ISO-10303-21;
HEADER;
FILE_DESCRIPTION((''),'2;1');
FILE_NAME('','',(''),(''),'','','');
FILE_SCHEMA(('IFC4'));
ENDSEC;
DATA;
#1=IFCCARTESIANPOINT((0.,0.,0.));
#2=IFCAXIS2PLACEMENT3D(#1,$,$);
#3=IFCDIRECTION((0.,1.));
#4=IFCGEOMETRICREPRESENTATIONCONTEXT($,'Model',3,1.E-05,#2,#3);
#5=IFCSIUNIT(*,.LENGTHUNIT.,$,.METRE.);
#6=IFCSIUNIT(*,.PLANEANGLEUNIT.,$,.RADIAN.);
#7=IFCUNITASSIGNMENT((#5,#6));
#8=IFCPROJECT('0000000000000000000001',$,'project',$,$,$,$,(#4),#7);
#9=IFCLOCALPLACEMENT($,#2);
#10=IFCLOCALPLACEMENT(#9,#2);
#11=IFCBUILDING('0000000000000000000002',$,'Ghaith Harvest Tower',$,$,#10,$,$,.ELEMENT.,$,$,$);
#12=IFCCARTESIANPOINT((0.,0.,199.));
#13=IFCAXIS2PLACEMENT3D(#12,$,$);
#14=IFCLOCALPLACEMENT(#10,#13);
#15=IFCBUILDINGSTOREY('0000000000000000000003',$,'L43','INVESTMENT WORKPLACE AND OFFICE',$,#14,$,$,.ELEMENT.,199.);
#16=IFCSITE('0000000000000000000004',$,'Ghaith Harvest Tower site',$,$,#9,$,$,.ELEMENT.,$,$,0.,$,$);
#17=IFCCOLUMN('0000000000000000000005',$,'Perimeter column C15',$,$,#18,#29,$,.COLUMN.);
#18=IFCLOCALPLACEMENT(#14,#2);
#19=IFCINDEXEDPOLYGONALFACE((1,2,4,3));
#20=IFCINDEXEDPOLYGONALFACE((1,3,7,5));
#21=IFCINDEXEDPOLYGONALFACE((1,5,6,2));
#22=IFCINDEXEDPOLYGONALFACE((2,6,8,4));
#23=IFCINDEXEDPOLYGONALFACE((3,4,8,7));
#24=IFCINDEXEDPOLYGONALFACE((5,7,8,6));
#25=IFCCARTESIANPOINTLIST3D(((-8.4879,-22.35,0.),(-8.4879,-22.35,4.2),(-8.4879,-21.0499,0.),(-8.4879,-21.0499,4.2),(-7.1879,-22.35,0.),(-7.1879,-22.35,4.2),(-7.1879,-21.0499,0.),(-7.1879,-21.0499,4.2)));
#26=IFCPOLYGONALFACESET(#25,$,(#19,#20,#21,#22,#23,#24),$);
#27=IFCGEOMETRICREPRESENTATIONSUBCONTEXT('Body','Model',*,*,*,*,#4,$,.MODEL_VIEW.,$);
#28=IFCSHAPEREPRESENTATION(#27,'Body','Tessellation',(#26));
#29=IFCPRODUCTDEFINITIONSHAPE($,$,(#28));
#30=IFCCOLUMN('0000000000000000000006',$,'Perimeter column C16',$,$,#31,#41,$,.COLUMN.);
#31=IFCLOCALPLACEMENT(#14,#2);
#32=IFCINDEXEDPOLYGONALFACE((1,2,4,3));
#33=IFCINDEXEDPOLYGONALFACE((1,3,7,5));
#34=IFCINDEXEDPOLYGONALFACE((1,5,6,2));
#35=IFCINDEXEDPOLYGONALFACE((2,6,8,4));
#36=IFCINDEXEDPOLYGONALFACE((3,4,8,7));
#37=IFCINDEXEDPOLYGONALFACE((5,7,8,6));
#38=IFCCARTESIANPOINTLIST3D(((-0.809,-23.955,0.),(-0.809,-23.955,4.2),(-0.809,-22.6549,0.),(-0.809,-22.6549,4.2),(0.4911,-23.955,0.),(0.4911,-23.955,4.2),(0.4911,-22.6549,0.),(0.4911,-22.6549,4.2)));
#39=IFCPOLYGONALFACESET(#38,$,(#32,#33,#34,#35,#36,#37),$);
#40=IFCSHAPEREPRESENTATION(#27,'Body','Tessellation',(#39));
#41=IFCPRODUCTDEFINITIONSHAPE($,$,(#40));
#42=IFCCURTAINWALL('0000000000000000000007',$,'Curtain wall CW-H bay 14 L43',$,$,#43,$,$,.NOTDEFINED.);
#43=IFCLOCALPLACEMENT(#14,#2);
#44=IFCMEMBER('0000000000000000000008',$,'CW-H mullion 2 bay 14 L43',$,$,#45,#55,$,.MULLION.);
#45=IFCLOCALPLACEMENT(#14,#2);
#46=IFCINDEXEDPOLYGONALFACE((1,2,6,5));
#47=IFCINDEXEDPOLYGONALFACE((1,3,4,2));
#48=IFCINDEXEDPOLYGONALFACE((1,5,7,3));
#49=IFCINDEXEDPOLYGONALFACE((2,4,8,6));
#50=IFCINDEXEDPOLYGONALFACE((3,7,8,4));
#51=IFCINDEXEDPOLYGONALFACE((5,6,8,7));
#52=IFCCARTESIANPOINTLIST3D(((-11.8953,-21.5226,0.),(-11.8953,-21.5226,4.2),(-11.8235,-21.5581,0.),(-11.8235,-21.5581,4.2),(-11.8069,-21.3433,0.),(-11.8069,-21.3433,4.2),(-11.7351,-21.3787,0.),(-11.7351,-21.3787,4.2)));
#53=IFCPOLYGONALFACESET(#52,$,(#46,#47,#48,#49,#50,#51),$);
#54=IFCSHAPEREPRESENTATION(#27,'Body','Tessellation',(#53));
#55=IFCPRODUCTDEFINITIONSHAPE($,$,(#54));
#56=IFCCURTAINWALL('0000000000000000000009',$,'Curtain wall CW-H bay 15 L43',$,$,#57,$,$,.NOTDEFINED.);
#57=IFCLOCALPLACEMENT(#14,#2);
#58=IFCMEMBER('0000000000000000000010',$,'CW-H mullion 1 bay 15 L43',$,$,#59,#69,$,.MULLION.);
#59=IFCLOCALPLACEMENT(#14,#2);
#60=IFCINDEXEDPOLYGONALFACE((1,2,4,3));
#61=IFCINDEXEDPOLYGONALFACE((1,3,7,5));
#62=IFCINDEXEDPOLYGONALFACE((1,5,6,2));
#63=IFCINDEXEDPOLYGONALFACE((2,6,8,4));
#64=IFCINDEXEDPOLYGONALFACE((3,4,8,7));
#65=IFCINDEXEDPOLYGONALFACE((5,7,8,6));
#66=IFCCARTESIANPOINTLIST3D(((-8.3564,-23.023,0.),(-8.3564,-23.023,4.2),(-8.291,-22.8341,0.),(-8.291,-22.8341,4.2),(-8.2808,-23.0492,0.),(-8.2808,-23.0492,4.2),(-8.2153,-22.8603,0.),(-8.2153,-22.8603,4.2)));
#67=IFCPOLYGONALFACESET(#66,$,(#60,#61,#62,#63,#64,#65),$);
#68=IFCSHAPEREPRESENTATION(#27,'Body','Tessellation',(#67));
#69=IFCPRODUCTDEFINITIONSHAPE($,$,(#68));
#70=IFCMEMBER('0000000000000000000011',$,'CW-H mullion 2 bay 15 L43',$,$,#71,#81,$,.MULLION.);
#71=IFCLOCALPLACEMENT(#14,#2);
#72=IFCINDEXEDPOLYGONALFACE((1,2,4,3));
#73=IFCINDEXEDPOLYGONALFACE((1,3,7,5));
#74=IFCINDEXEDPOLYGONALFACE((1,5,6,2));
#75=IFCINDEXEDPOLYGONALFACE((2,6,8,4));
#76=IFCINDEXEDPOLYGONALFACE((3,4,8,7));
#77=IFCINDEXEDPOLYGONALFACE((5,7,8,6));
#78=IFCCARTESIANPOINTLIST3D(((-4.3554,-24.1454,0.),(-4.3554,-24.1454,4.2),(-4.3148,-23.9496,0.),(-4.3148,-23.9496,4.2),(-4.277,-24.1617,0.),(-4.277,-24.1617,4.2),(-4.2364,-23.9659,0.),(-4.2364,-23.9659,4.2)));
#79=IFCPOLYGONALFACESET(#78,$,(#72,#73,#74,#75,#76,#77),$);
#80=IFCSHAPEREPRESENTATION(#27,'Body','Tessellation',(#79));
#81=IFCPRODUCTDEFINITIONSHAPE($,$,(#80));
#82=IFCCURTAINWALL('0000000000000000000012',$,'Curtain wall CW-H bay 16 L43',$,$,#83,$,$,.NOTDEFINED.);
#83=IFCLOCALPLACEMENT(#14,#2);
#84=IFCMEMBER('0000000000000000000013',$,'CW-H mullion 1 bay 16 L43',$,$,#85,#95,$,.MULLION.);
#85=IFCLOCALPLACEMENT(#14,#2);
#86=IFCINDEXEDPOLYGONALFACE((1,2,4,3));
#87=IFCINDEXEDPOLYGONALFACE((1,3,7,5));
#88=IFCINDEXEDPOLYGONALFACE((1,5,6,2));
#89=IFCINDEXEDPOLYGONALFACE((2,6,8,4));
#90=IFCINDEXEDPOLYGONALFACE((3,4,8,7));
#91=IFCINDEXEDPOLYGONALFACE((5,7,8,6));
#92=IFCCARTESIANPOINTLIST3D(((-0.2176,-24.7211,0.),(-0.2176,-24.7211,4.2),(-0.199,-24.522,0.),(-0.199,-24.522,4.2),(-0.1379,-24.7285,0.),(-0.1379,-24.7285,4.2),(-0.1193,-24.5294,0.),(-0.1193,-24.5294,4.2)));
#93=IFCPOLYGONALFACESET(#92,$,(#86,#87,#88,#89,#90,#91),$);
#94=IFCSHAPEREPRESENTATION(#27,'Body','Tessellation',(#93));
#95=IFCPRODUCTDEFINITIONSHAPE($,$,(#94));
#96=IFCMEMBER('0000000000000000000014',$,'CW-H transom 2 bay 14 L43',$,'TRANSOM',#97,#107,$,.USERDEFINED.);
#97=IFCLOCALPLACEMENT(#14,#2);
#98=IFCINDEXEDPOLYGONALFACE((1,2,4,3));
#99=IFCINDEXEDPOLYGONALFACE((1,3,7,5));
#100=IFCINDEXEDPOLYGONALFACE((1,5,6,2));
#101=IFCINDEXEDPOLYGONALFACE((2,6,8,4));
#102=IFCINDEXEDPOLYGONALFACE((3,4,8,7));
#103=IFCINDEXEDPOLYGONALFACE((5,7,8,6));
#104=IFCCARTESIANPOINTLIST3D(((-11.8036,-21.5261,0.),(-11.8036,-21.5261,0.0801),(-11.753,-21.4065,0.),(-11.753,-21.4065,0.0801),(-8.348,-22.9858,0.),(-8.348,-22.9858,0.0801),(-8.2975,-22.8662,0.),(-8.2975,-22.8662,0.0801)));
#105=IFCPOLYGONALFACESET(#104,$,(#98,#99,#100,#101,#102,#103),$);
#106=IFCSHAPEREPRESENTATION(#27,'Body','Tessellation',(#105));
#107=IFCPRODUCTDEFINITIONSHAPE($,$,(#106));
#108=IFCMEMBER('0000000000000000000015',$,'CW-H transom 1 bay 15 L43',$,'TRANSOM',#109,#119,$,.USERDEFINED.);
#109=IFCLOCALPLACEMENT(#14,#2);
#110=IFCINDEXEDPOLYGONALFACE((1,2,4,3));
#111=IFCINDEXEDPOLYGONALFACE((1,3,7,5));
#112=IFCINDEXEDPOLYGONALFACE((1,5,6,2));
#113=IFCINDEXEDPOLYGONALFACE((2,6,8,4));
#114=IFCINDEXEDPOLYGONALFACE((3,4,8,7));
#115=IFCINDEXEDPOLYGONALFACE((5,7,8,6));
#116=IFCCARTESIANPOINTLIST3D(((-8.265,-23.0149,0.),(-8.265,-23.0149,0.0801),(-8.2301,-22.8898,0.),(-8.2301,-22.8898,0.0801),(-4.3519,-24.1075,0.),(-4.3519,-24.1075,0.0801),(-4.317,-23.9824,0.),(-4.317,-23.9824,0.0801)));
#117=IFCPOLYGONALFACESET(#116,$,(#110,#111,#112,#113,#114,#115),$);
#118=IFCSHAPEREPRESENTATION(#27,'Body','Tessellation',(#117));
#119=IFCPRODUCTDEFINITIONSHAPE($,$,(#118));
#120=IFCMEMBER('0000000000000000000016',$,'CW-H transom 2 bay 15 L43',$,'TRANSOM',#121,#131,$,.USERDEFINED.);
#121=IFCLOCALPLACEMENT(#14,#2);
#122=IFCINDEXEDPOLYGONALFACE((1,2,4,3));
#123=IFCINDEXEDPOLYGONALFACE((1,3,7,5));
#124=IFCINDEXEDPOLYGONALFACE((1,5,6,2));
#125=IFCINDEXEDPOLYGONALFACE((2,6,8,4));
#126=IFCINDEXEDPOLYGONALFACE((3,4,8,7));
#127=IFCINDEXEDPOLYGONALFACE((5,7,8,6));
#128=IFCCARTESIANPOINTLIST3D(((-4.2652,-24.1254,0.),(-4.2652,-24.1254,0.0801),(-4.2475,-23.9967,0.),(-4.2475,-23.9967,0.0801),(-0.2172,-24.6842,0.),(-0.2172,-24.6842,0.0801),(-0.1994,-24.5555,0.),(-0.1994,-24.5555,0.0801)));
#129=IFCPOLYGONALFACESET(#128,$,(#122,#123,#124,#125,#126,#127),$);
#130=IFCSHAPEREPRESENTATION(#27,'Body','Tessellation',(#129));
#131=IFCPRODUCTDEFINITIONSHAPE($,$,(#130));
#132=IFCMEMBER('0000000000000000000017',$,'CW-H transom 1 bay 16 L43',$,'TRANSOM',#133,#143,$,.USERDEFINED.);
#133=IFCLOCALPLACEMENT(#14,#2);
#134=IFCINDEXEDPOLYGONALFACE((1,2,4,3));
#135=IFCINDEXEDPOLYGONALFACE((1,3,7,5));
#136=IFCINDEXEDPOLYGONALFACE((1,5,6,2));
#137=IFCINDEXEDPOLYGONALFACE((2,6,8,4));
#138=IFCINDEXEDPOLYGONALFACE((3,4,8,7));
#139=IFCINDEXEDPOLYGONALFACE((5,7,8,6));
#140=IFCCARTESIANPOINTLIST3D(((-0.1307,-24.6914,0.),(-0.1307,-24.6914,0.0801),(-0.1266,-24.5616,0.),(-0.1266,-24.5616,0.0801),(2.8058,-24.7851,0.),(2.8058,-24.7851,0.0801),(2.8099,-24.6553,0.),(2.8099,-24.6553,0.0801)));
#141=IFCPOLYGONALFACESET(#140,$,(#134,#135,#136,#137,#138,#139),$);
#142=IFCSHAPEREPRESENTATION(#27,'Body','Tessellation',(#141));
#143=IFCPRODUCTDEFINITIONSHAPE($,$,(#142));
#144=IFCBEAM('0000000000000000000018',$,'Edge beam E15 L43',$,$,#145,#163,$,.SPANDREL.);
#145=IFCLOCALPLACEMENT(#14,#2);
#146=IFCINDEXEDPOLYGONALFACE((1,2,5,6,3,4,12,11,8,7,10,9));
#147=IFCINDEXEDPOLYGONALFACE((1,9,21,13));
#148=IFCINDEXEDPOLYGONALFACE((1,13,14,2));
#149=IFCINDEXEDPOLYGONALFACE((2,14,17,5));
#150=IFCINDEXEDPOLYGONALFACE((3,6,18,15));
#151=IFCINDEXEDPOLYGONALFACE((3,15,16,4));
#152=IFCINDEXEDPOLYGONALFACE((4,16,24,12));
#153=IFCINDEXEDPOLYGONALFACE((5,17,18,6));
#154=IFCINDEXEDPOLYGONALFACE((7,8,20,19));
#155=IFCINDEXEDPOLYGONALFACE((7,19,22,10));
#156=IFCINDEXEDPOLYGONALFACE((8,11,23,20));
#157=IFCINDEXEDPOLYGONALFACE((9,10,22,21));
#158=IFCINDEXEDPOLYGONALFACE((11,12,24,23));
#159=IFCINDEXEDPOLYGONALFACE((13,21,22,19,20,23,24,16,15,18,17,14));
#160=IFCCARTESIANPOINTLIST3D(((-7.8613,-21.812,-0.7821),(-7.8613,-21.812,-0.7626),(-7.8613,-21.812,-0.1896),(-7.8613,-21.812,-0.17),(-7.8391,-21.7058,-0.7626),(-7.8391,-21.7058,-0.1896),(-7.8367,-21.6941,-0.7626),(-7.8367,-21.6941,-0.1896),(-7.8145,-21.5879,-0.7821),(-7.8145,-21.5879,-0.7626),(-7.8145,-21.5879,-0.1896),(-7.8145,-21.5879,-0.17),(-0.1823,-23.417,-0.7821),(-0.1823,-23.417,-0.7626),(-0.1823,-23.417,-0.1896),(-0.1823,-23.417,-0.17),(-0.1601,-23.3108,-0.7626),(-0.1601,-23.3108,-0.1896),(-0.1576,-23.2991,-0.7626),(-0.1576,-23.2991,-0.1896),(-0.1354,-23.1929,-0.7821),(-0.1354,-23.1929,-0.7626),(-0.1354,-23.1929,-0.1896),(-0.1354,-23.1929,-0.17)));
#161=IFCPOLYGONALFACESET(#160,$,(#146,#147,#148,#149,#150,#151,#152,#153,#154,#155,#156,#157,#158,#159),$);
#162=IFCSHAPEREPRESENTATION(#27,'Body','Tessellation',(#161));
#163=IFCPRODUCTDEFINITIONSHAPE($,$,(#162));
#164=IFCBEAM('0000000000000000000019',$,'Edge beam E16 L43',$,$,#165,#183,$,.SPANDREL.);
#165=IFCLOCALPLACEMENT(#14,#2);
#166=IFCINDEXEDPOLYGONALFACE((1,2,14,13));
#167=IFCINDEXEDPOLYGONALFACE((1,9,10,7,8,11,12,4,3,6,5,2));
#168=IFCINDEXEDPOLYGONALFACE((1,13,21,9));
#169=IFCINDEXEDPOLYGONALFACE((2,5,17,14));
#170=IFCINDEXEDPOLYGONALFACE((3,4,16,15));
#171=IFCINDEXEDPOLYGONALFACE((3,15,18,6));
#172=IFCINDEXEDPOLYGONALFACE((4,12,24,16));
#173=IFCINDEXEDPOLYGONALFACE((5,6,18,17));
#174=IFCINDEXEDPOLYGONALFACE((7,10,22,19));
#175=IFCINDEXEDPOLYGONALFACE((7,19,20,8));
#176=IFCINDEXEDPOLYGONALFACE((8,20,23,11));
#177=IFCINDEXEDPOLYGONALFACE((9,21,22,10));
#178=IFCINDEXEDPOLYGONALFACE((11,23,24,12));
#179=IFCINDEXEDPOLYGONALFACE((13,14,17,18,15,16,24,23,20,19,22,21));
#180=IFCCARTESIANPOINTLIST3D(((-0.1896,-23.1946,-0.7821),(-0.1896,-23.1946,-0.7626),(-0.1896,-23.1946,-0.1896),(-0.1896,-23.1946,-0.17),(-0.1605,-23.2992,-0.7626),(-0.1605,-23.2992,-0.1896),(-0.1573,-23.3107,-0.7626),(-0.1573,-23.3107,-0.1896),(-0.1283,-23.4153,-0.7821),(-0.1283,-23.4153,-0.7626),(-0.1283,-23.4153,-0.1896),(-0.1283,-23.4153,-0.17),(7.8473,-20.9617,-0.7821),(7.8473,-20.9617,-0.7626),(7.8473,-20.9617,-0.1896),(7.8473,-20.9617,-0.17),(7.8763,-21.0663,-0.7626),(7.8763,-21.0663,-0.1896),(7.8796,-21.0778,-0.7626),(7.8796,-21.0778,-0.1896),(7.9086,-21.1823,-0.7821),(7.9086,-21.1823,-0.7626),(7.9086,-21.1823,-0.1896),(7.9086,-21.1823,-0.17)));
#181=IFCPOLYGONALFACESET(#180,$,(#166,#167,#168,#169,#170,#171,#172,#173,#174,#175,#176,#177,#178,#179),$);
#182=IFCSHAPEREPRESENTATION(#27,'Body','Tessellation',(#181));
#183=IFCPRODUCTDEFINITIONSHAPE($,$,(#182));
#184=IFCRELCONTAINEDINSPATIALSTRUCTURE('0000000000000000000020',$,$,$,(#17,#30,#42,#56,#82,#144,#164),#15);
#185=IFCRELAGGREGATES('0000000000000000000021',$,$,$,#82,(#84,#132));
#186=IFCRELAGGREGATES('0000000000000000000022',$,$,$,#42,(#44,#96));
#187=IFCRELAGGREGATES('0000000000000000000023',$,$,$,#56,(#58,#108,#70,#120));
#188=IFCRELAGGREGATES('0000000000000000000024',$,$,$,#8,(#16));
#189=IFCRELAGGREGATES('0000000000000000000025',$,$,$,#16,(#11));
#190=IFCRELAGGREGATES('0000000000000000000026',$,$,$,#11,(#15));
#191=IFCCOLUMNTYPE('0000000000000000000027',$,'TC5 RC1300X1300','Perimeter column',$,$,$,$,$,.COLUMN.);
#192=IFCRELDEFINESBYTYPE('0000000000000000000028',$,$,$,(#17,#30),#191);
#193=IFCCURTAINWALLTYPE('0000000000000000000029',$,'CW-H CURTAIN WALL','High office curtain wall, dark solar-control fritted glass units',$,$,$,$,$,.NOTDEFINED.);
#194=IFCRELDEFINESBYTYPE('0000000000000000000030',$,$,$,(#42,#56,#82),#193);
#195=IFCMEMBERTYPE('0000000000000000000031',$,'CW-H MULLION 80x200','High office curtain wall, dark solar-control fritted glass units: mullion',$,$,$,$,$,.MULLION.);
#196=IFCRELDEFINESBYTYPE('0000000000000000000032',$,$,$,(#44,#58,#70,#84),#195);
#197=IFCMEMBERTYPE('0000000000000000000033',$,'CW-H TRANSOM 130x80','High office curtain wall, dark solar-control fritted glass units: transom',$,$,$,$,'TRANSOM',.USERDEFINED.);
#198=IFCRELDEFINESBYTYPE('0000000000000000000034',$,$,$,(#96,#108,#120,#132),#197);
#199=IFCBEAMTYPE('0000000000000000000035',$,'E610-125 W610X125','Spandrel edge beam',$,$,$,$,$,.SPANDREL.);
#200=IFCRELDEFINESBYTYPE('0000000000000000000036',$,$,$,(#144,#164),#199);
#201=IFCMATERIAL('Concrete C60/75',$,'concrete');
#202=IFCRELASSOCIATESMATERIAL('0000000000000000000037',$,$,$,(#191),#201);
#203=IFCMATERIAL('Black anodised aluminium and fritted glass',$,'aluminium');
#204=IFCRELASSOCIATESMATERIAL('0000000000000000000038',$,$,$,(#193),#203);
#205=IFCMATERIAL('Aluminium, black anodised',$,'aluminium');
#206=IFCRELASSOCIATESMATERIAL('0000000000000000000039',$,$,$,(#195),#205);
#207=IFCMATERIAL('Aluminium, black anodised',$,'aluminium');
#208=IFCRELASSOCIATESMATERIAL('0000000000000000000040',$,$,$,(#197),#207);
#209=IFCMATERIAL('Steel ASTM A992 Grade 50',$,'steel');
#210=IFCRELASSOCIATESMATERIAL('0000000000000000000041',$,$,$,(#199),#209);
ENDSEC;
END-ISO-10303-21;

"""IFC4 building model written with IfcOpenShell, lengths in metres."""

from ifc_helpers import new_model, si_unit, direction, frame, origin, origin_2d, place, context, subcontext, project, spatial, rectangle, i_section, extrude, material, material_profile, profile_set, type_object, element, aggregate, save


model = new_model("IFC4")

# Units and contexts
model_context = context("Model", 3, precision=1e-05, world=origin(), true_north=direction((0.0, 1.0)))
body_context = subcontext(model_context, "Body", "Model", "MODEL_VIEW")
ifc_project = project(units=[si_unit("LENGTHUNIT", "METRE"), si_unit("PLANEANGLEUNIT", "RADIAN")], contexts=[model_context])

# Site, building, storey
site_placement = place(None, origin())
site = spatial("IfcSite", under=ifc_project, at=site_placement, Name="Ghaith Harvest Tower site", CompositionType="ELEMENT", RefElevation=0.0)
building_placement = place(site_placement, origin())
building = spatial("IfcBuilding", under=site, at=building_placement, Name="Ghaith Harvest Tower", CompositionType="ELEMENT")
storey_placement = place(building_placement, frame((0.0, 0.0, 199.0)))
storey = spatial("IfcBuildingStorey", under=building, at=storey_placement, Name="L43", Description="INVESTMENT WORKPLACE AND OFFICE", CompositionType="ELEMENT", Elevation=199.0)

# Columns
ifc_material_1 = material(Name="Concrete C60/75", Category="concrete")
ifc_material_profile_1 = material_profile(ifc_material_1, rectangle(XDim=1.3, YDim=1.3, at=origin_2d()), Name="RC1300X1300")
ifc_profile_set_1 = profile_set([ifc_material_profile_1], Name="Concrete C60/75")
column_type = type_object("IfcColumnType", Name="TC5 RC1300X1300", Description="Perimeter column", PredefinedType="COLUMN", material=ifc_profile_set_1)
for number, where, z_axis, x_axis, name in (
    (1, (-7.8379, -21.7, 0.0), (0.0, 0.0, 1.0), (1.0, 0.0, 0.0), "Perimeter column C15"),
    (2, (-0.1589, -23.3049, 0.0), (0.0, 0.0, 1.0), (1.0, 0.0, 0.0), "Perimeter column C16"),
):
    element("IfcColumn", number, at=place(storey_placement, frame(where, z_axis=z_axis, x_axis=x_axis)), inside=storey, type_object=column_type, Name=name, PredefinedType="COLUMN", context=body_context, shape_type="SweptSolid", body=[
        extrude(rectangle(XDim=1.3, YDim=1.3, at=origin_2d()), origin(), (0.0, 0.0, 1.0), 4.2),
    ])

# Curtain wall, member
ifc_material_2 = material(Name="Black anodised aluminium and fritted glass", Category="aluminium")
curtain_wall_type = type_object("IfcCurtainWallType", Name="CW-H CURTAIN WALL", Description="High office curtain wall, dark solar-control fritted glass units", PredefinedType="NOTDEFINED", material=ifc_material_2)
curtain_wall_1_placement = place(storey_placement, origin())
curtain_wall_1 = element("IfcCurtainWall", 3, at=curtain_wall_1_placement, inside=storey, type_object=curtain_wall_type, Name="Curtain wall CW-H bay 14 L43", PredefinedType="NOTDEFINED")
ifc_material_3 = material(Name="Aluminium, black anodised", Category="aluminium")
ifc_material_profile_2 = material_profile(ifc_material_3, rectangle(XDim=0.0801, YDim=0.2, at=origin_2d()), Name="CW-H MULLION 80x200")
ifc_profile_set_2 = profile_set([ifc_material_profile_2], Name="Aluminium, black anodised")
member_type_1 = type_object("IfcMemberType", Name="CW-H MULLION 80x200", Description="High office curtain wall, dark solar-control fritted glass units: mullion", PredefinedType="MULLION", material=ifc_profile_set_2)
member_1_placement = place(storey_placement, frame((-11.8152, -21.4507, 0.0), z_axis=(0.0, 0.0, 1.0), x_axis=(0.896853, -0.442329, 0.0)))
member_1 = element("IfcMember", 4, at=member_1_placement, type_object=member_type_1, Name="CW-H mullion 2 bay 14 L43", PredefinedType="MULLION", context=body_context, shape_type="SweptSolid", body=[
    extrude(rectangle(XDim=0.0801, YDim=0.2, at=origin_2d()), origin(), (0.0, 0.0, 1.0), 4.2),
])

# Curtain wall, members
curtain_wall_2_placement = place(storey_placement, origin())
curtain_wall_2 = element("IfcCurtainWall", 5, at=curtain_wall_2_placement, inside=storey, type_object=curtain_wall_type, Name="Curtain wall CW-H bay 15 L43", PredefinedType="NOTDEFINED")
member_2_placement = place(storey_placement, frame((-8.2859, -22.9417, 0.0), z_axis=(0.0, 0.0, 1.0), x_axis=(0.944906, -0.327342, 0.0)))
member_2 = element("IfcMember", 6, at=member_2_placement, type_object=member_type_1, Name="CW-H mullion 1 bay 15 L43", PredefinedType="MULLION", context=body_context, shape_type="SweptSolid", body=[
    extrude(rectangle(XDim=0.0801, YDim=0.2, at=origin_2d()), origin(), (0.0, 0.0, 1.0), 4.2),
])
member_3_placement = place(storey_placement, frame((-4.2959, -24.0557, 0.0), z_axis=(0.0, 0.0, 1.0), x_axis=(0.979161, -0.203084, 0.0)))
member_3 = element("IfcMember", 7, at=member_3_placement, type_object=member_type_1, Name="CW-H mullion 2 bay 15 L43", PredefinedType="MULLION", context=body_context, shape_type="SweptSolid", body=[
    extrude(rectangle(XDim=0.0801, YDim=0.2, at=origin_2d()), origin(), (0.0, 0.0, 1.0), 4.2),
])

# Curtain wall, member
curtain_wall_3_placement = place(storey_placement, origin())
curtain_wall_3 = element("IfcCurtainWall", 8, at=curtain_wall_3_placement, inside=storey, type_object=curtain_wall_type, Name="Curtain wall CW-H bay 16 L43", PredefinedType="NOTDEFINED")
member_4_placement = place(storey_placement, frame((-0.1685, -24.6252, 0.0), z_axis=(0.0, 0.0, 1.0), x_axis=(0.995685, -0.092802, 0.0)))
member_4 = element("IfcMember", 9, at=member_4_placement, type_object=member_type_1, Name="CW-H mullion 1 bay 16 L43", PredefinedType="MULLION", context=body_context, shape_type="SweptSolid", body=[
    extrude(rectangle(XDim=0.0801, YDim=0.2, at=origin_2d()), origin(), (0.0, 0.0, 1.0), 4.2),
])

# Members
ifc_material_4 = material(Name="Aluminium, black anodised", Category="aluminium")
ifc_material_profile_3 = material_profile(ifc_material_4, rectangle(XDim=0.1299, YDim=0.0801, at=origin_2d()), Name="CW-H TRANSOM 130x80")
ifc_profile_set_3 = profile_set([ifc_material_profile_3], Name="Aluminium, black anodised")
member_type_2 = type_object("IfcMemberType", Name="CW-H TRANSOM 130x80", Description="High office curtain wall, dark solar-control fritted glass units: transom", ElementType="TRANSOM", PredefinedType="USERDEFINED", material=ifc_profile_set_3)
member_5_placement = place(storey_placement, frame((-11.7783, -21.4663, 0.04), z_axis=(0.921183, -0.38913, 0.0), x_axis=(0.38913, 0.921183, 0.0)))
member_5 = element("IfcMember", 10, at=member_5_placement, type_object=member_type_2, Name="CW-H transom 2 bay 14 L43", ObjectType="TRANSOM", PredefinedType="USERDEFINED", context=body_context, shape_type="SweptSolid", body=[
    extrude(rectangle(XDim=0.1299, YDim=0.0801, at=origin_2d()), origin(), (0.0, 0.0, 1.0), 3.7512),
])
member_6_placement = place(storey_placement, frame((-8.2476, -22.9524, 0.04), z_axis=(0.963164, -0.268914, 0.0), x_axis=(0.268914, 0.963164, 0.0)))
member_6 = element("IfcMember", 11, at=member_6_placement, type_object=member_type_2, Name="CW-H transom 1 bay 15 L43", ObjectType="TRANSOM", PredefinedType="USERDEFINED", context=body_context, shape_type="SweptSolid", body=[
    extrude(rectangle(XDim=0.1299, YDim=0.0801, at=origin_2d()), origin(), (0.0, 0.0, 1.0), 4.0627),
])
member_7_placement = place(storey_placement, frame((-4.2563, -24.061, 0.04), z_axis=(0.990605, -0.136753, 0.0), x_axis=(0.136753, 0.990605, 0.0)))
member_7 = element("IfcMember", 12, at=member_7_placement, type_object=member_type_2, Name="CW-H transom 2 bay 15 L43", ObjectType="TRANSOM", PredefinedType="USERDEFINED", context=body_context, shape_type="SweptSolid", body=[
    extrude(rectangle(XDim=0.1299, YDim=0.0801, at=origin_2d()), origin(), (0.0, 0.0, 1.0), 4.0864),
])
member_8_placement = place(storey_placement, frame((-0.1287, -24.6265, 0.04), z_axis=(0.999491, -0.031909, 0.0), x_axis=(0.031909, 0.999491, 0.0)))
member_8 = element("IfcMember", 13, at=member_8_placement, type_object=member_type_2, Name="CW-H transom 1 bay 16 L43", ObjectType="TRANSOM", PredefinedType="USERDEFINED", context=body_context, shape_type="SweptSolid", body=[
    extrude(rectangle(XDim=0.1299, YDim=0.0801, at=origin_2d()), origin(), (0.0, 0.0, 1.0), 2.938),
])
aggregate(curtain_wall_3, [member_4, member_8])

# Beams
ifc_material_5 = material(Name="Steel ASTM A992 Grade 50", Category="steel")
ifc_material_profile_4 = material_profile(ifc_material_5, i_section(OverallWidth=0.229, OverallDepth=0.6121, WebThickness=0.012, FlangeThickness=0.0195, at=origin_2d()), Name="W610X125")
ifc_profile_set_4 = profile_set([ifc_material_profile_4], Name="Steel ASTM A992 Grade 50")
beam_type_1 = type_object("IfcBeamType", Name="E610-125 W610X125", Description="Spandrel edge beam", PredefinedType="SPANDREL", material=ifc_profile_set_4)
beam_1_placement = place(storey_placement, frame((-7.8379, -21.7, -0.4761), z_axis=(0.978848, -0.204589, 0.0), x_axis=(0.204589, 0.978848, 0.0)))
element("IfcBeam", 14, at=beam_1_placement, inside=storey, type_object=beam_type_1, Name="Edge beam E15 L43", PredefinedType="SPANDREL", context=body_context, shape_type="SweptSolid", body=[
    extrude(i_section(OverallWidth=0.229, OverallDepth=0.6121, WebThickness=0.012, FlangeThickness=0.0195, at=origin_2d()), origin(), (0.0, 0.0, 1.0), 7.845),
])
beam_2_placement = place(storey_placement, frame((-0.1589, -23.3049, -0.4761), z_axis=(0.963504, 0.267694, 0.0), x_axis=(-0.267694, 0.963504, 0.0)))
element("IfcBeam", 15, at=beam_2_placement, inside=storey, type_object=beam_type_1, Name="Edge beam E16 L43", PredefinedType="SPANDREL", context=body_context, shape_type="SweptSolid", body=[
    extrude(i_section(OverallWidth=0.229, OverallDepth=0.6121, WebThickness=0.012, FlangeThickness=0.0195, at=origin_2d()), origin(), (0.0, 0.0, 1.0), 8.3413),
])

aggregate(curtain_wall_1, [member_1, member_5])
aggregate(curtain_wall_2, [member_2, member_6, member_3, member_7])

save(model, "model.ifc")
